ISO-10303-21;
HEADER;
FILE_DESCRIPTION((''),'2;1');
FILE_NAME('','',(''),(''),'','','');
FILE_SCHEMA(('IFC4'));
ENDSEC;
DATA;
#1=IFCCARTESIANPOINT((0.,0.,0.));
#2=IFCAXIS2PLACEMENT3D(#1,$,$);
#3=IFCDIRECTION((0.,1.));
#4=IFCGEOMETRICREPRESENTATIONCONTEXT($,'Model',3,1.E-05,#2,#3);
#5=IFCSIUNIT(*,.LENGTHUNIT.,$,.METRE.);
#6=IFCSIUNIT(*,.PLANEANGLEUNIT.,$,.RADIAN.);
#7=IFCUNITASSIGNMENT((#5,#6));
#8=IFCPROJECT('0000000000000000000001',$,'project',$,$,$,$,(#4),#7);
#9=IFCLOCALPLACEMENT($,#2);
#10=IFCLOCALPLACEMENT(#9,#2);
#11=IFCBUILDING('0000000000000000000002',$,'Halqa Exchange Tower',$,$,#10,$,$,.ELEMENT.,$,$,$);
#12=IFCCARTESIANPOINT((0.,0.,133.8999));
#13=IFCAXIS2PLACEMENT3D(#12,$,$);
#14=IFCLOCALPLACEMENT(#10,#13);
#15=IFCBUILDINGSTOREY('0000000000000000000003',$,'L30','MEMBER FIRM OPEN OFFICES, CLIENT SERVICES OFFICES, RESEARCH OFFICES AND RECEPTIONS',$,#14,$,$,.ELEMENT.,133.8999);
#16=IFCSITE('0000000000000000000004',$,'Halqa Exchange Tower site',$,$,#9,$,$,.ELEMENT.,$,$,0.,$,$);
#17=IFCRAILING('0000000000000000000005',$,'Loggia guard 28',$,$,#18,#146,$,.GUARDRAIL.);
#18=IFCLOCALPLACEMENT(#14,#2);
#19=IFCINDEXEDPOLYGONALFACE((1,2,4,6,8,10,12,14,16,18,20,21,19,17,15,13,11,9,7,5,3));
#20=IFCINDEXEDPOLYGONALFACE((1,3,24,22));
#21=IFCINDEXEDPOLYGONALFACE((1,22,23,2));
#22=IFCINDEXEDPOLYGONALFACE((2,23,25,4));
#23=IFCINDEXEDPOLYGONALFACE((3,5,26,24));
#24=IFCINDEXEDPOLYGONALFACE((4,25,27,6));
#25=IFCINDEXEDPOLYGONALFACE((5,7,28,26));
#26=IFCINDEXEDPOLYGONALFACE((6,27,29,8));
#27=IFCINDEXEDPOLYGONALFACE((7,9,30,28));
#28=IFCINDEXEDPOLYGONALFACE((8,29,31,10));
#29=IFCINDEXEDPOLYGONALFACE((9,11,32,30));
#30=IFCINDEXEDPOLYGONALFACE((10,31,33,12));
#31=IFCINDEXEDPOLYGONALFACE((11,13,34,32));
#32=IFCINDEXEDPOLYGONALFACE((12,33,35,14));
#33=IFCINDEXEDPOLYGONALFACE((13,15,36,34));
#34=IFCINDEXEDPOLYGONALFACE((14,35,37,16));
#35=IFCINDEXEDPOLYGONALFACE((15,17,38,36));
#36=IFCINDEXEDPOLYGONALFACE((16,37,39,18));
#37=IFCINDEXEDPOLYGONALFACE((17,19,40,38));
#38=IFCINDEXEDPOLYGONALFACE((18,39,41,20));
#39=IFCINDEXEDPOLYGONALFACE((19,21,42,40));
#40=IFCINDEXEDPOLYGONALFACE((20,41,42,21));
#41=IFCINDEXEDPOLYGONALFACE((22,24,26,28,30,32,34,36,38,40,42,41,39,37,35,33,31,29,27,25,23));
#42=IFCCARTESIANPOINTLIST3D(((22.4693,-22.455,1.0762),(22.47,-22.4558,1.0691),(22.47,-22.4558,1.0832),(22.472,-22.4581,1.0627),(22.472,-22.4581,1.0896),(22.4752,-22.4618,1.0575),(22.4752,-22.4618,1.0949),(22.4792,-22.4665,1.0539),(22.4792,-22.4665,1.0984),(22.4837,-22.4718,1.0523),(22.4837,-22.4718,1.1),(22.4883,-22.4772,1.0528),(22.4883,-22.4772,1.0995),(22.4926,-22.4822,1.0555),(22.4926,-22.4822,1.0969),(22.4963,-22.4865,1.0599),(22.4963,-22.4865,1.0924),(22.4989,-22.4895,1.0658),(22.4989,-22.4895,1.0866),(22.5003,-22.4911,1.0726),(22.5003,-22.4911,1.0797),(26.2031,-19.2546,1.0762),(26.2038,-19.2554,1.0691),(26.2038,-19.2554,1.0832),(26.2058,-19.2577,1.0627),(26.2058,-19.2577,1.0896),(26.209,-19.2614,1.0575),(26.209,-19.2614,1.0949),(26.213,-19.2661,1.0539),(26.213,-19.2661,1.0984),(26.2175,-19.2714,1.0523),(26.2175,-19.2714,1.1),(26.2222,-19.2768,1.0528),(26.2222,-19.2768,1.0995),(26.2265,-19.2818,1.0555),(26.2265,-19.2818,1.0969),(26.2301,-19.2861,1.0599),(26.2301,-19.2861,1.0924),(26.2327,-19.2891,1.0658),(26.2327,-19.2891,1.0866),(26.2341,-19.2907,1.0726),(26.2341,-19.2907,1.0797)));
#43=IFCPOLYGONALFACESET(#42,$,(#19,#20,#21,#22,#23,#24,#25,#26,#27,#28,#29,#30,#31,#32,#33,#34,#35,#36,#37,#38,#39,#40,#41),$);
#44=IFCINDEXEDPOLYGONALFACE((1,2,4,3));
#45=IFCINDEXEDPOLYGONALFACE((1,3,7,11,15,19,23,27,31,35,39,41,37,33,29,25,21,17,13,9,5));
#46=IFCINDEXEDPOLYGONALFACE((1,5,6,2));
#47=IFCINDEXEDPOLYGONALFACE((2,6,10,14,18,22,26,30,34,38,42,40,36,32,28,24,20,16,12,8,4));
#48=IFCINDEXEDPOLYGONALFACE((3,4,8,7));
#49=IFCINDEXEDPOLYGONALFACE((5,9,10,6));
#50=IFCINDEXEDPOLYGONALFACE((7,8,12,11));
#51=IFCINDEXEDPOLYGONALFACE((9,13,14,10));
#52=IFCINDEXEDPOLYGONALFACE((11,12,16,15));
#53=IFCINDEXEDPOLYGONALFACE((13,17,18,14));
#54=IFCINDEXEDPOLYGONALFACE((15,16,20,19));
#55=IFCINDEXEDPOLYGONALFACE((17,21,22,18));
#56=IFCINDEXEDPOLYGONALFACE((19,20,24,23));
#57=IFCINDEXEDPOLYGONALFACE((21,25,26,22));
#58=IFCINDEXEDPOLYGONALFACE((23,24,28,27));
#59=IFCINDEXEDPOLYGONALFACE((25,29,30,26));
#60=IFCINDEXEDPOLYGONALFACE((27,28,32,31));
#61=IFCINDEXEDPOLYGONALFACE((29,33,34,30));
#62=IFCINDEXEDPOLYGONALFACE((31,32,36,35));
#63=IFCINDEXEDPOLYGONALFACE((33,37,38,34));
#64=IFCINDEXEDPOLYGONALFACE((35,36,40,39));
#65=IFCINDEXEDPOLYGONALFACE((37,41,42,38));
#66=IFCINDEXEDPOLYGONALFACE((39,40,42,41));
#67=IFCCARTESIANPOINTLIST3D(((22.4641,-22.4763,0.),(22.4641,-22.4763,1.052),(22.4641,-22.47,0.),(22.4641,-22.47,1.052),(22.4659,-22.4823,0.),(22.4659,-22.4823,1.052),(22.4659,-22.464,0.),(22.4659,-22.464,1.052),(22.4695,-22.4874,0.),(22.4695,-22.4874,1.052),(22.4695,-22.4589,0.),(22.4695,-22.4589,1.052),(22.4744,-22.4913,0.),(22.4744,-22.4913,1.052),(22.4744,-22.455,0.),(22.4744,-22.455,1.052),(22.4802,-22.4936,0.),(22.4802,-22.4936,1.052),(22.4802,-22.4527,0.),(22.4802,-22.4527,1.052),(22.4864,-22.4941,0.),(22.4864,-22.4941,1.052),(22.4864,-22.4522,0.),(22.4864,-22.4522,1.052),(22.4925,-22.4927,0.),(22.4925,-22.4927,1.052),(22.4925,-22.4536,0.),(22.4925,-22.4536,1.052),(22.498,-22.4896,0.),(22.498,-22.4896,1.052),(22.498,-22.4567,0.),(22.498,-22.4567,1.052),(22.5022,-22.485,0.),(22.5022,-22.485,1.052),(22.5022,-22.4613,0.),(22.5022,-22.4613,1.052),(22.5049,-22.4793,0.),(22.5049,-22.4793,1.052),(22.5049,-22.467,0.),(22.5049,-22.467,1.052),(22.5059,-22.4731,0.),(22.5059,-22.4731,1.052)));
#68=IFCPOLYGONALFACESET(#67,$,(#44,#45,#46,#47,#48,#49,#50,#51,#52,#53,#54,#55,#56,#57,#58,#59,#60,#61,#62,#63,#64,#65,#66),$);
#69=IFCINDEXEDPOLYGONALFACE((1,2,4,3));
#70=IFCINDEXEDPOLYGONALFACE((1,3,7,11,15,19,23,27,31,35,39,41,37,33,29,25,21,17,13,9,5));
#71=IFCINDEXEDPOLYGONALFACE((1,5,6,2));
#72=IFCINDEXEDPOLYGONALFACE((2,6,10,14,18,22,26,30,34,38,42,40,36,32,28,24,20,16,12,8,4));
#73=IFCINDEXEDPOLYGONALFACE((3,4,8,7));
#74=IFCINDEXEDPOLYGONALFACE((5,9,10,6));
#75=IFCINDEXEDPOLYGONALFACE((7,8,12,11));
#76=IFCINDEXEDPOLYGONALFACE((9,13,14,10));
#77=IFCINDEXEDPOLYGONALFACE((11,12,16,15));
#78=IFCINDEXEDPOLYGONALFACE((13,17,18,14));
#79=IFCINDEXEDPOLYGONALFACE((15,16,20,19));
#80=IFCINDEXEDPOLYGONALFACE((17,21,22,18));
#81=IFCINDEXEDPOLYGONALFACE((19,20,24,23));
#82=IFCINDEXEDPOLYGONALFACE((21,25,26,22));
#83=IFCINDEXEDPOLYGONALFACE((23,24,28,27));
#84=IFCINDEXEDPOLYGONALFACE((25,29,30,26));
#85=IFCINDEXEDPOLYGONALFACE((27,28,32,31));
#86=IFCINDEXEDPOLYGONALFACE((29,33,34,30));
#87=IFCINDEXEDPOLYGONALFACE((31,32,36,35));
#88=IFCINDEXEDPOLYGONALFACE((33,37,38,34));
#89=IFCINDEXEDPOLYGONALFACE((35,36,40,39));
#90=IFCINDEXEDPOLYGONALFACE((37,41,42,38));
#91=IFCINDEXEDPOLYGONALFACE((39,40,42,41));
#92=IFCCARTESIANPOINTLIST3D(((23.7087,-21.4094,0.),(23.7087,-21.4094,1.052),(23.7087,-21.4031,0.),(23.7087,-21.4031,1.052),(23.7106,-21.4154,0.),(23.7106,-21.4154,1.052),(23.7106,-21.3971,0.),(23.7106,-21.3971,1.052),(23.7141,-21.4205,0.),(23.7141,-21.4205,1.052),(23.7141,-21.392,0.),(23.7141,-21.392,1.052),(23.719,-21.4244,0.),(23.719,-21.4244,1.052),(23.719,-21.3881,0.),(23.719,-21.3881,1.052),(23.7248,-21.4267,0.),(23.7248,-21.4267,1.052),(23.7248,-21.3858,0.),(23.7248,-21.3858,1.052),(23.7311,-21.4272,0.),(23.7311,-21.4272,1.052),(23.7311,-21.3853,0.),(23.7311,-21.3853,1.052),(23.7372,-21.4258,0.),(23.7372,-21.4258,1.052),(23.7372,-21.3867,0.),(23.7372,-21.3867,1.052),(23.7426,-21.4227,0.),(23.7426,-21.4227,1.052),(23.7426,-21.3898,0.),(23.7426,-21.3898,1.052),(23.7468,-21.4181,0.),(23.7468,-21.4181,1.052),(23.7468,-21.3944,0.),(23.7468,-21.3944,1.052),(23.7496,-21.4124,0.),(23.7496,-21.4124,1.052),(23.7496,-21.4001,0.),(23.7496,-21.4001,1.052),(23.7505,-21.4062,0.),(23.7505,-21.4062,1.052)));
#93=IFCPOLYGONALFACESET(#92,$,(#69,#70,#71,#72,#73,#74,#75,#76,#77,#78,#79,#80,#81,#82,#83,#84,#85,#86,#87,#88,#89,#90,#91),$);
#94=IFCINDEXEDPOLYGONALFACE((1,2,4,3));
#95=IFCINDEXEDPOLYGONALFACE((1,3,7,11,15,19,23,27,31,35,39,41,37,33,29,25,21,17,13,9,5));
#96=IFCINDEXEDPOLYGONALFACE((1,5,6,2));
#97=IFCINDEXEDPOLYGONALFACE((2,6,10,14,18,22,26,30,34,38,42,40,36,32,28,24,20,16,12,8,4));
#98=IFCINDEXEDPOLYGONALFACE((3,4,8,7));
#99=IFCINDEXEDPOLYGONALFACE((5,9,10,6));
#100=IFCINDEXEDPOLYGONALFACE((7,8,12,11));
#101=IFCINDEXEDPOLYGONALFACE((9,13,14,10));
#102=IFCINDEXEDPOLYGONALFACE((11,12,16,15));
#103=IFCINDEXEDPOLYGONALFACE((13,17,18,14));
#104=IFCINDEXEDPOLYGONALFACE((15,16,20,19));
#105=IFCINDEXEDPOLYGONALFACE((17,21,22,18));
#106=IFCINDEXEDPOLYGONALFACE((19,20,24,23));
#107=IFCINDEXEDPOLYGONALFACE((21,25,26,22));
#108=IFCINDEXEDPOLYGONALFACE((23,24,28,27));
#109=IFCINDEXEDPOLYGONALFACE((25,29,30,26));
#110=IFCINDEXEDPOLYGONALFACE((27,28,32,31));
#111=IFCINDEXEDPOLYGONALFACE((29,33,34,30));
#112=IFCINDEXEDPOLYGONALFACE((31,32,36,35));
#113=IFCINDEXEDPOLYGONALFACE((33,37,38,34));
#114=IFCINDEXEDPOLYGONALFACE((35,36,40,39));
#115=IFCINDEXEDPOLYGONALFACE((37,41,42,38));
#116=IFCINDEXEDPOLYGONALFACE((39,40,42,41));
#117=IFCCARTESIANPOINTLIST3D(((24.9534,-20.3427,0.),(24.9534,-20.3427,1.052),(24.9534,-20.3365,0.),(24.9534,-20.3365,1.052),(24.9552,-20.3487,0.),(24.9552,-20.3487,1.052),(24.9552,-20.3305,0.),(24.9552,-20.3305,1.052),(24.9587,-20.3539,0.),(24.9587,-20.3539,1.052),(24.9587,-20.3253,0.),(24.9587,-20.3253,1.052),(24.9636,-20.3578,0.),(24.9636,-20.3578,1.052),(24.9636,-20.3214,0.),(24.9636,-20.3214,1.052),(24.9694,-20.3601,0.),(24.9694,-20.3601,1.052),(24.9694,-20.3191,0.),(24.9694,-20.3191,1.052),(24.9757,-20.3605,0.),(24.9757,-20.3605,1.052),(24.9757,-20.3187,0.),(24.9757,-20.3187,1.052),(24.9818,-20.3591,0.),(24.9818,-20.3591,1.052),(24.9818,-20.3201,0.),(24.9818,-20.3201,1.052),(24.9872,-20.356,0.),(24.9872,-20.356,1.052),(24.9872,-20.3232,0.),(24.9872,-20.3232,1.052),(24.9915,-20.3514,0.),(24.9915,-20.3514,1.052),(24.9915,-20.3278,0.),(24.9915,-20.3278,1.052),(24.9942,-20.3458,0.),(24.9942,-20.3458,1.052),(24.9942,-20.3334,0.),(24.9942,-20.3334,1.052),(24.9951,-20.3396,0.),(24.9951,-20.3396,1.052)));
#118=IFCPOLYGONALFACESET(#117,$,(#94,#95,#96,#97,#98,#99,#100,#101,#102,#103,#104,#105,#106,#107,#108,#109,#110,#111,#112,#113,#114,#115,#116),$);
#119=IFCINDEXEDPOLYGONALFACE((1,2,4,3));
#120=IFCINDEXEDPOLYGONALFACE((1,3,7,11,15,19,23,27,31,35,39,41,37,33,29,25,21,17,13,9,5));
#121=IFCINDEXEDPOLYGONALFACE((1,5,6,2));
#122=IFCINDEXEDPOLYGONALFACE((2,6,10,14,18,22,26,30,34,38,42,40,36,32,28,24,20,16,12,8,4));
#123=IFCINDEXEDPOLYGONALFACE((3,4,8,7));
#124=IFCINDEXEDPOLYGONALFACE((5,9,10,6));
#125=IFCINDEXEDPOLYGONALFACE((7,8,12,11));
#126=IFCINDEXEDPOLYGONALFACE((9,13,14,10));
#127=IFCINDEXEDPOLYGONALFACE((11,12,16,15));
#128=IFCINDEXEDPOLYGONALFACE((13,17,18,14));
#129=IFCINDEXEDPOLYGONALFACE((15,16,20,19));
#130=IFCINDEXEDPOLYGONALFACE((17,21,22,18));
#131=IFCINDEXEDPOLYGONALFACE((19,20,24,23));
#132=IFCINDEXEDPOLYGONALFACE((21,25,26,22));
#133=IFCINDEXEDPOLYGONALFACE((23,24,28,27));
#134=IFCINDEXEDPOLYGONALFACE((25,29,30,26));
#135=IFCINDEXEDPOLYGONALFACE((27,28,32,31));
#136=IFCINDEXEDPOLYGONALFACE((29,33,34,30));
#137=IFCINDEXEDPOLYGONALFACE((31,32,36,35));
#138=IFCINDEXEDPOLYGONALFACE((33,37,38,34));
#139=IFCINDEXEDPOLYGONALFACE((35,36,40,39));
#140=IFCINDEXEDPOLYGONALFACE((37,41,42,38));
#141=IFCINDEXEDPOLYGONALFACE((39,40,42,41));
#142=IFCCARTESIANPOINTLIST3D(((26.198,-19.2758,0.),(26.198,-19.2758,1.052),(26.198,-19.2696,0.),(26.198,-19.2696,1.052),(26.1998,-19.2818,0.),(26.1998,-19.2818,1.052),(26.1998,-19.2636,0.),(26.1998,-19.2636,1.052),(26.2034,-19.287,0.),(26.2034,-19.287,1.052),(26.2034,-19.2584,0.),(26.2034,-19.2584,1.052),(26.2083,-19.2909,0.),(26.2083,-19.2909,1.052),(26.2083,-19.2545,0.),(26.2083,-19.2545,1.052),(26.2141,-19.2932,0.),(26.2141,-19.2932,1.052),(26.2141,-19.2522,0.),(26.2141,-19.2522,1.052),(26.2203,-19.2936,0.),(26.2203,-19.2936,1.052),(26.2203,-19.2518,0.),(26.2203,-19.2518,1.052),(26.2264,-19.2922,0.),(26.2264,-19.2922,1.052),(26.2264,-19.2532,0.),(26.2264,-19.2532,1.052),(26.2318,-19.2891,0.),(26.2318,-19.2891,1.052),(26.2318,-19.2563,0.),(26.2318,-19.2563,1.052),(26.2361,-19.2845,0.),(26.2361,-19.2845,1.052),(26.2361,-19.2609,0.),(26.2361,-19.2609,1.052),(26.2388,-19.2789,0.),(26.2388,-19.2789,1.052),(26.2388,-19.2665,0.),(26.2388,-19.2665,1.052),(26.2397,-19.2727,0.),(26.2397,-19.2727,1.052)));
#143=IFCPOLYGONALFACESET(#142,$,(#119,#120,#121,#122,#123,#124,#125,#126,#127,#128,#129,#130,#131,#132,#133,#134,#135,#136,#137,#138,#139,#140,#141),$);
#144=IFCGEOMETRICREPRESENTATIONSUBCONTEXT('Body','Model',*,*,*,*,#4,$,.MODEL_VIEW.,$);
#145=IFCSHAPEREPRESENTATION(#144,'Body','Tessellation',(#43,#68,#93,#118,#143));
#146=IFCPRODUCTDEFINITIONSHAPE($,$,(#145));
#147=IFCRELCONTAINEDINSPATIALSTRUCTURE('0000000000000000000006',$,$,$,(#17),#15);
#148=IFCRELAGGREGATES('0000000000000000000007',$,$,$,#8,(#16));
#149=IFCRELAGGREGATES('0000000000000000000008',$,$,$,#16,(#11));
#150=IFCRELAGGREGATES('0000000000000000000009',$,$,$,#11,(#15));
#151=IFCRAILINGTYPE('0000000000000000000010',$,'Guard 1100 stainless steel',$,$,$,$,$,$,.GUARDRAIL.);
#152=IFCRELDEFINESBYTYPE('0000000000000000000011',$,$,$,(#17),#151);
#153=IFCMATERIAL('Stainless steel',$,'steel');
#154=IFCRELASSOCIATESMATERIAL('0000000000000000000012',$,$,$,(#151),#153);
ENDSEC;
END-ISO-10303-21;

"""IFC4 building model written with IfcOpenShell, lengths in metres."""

from ifc_helpers import new_model, si_unit, direction, frame, origin, origin_2d, place, context, subcontext, project, spatial, circle, extrude, material, type_object, element, save


model = new_model("IFC4")

# Units and contexts
model_context = context("Model", 3, precision=1e-05, world=origin(), true_north=direction((0.0, 1.0)))
body_context = subcontext(model_context, "Body", "Model", "MODEL_VIEW")
ifc_project = project(units=[si_unit("LENGTHUNIT", "METRE"), si_unit("PLANEANGLEUNIT", "RADIAN")], contexts=[model_context])

# Site, building, storey
site_placement = place(None, origin())
site = spatial("IfcSite", under=ifc_project, at=site_placement, Name="Halqa Exchange Tower site", CompositionType="ELEMENT", RefElevation=0.0)
building_placement = place(site_placement, origin())
building = spatial("IfcBuilding", under=site, at=building_placement, Name="Halqa Exchange Tower", CompositionType="ELEMENT")
storey_placement = place(building_placement, frame((0.0, 0.0, 133.8999)))
storey = spatial("IfcBuildingStorey", under=building, at=storey_placement, Name="L30", Description="MEMBER FIRM OPEN OFFICES, CLIENT SERVICES OFFICES, RESEARCH OFFICES AND RECEPTIONS", CompositionType="ELEMENT", Elevation=133.8999)

# Railing
ifc_material_1 = material(Name="Stainless steel", Category="steel")
railing_type = type_object("IfcRailingType", Name="Guard 1100 stainless steel", PredefinedType="GUARDRAIL", material=ifc_material_1)
railing_1_placement = place(storey_placement, frame((22.4849, -22.4731, 0.0)))
element("IfcRailing", 1, at=railing_1_placement, inside=storey, type_object=railing_type, Name="Loggia guard 28", PredefinedType="GUARDRAIL", context=body_context, shape_type="SweptSolid", body=[
    extrude(circle(Radius=0.0239, at=origin_2d()), frame((0.0, 0.0, 1.0762), z_axis=(0.75926, 0.650787, 0.0), x_axis=(-0.650787, 0.75926, 0.0)), (0.0, 0.0, 1.0), 4.9177),
    extrude(circle(Radius=0.021, at=origin_2d()), origin(), (0.0, 0.0, 1.0), 1.052),
    extrude(circle(Radius=0.021, at=origin_2d()), frame((1.2446, 1.0669, 0.0)), (0.0, 0.0, 1.0), 1.052),
    extrude(circle(Radius=0.021, at=origin_2d()), frame((2.4893, 2.1335, 0.0)), (0.0, 0.0, 1.0), 1.052),
    extrude(circle(Radius=0.021, at=origin_2d()), frame((3.7339, 3.2004, 0.0)), (0.0, 0.0, 1.0), 1.052),
])

save(model, "model.ifc")
